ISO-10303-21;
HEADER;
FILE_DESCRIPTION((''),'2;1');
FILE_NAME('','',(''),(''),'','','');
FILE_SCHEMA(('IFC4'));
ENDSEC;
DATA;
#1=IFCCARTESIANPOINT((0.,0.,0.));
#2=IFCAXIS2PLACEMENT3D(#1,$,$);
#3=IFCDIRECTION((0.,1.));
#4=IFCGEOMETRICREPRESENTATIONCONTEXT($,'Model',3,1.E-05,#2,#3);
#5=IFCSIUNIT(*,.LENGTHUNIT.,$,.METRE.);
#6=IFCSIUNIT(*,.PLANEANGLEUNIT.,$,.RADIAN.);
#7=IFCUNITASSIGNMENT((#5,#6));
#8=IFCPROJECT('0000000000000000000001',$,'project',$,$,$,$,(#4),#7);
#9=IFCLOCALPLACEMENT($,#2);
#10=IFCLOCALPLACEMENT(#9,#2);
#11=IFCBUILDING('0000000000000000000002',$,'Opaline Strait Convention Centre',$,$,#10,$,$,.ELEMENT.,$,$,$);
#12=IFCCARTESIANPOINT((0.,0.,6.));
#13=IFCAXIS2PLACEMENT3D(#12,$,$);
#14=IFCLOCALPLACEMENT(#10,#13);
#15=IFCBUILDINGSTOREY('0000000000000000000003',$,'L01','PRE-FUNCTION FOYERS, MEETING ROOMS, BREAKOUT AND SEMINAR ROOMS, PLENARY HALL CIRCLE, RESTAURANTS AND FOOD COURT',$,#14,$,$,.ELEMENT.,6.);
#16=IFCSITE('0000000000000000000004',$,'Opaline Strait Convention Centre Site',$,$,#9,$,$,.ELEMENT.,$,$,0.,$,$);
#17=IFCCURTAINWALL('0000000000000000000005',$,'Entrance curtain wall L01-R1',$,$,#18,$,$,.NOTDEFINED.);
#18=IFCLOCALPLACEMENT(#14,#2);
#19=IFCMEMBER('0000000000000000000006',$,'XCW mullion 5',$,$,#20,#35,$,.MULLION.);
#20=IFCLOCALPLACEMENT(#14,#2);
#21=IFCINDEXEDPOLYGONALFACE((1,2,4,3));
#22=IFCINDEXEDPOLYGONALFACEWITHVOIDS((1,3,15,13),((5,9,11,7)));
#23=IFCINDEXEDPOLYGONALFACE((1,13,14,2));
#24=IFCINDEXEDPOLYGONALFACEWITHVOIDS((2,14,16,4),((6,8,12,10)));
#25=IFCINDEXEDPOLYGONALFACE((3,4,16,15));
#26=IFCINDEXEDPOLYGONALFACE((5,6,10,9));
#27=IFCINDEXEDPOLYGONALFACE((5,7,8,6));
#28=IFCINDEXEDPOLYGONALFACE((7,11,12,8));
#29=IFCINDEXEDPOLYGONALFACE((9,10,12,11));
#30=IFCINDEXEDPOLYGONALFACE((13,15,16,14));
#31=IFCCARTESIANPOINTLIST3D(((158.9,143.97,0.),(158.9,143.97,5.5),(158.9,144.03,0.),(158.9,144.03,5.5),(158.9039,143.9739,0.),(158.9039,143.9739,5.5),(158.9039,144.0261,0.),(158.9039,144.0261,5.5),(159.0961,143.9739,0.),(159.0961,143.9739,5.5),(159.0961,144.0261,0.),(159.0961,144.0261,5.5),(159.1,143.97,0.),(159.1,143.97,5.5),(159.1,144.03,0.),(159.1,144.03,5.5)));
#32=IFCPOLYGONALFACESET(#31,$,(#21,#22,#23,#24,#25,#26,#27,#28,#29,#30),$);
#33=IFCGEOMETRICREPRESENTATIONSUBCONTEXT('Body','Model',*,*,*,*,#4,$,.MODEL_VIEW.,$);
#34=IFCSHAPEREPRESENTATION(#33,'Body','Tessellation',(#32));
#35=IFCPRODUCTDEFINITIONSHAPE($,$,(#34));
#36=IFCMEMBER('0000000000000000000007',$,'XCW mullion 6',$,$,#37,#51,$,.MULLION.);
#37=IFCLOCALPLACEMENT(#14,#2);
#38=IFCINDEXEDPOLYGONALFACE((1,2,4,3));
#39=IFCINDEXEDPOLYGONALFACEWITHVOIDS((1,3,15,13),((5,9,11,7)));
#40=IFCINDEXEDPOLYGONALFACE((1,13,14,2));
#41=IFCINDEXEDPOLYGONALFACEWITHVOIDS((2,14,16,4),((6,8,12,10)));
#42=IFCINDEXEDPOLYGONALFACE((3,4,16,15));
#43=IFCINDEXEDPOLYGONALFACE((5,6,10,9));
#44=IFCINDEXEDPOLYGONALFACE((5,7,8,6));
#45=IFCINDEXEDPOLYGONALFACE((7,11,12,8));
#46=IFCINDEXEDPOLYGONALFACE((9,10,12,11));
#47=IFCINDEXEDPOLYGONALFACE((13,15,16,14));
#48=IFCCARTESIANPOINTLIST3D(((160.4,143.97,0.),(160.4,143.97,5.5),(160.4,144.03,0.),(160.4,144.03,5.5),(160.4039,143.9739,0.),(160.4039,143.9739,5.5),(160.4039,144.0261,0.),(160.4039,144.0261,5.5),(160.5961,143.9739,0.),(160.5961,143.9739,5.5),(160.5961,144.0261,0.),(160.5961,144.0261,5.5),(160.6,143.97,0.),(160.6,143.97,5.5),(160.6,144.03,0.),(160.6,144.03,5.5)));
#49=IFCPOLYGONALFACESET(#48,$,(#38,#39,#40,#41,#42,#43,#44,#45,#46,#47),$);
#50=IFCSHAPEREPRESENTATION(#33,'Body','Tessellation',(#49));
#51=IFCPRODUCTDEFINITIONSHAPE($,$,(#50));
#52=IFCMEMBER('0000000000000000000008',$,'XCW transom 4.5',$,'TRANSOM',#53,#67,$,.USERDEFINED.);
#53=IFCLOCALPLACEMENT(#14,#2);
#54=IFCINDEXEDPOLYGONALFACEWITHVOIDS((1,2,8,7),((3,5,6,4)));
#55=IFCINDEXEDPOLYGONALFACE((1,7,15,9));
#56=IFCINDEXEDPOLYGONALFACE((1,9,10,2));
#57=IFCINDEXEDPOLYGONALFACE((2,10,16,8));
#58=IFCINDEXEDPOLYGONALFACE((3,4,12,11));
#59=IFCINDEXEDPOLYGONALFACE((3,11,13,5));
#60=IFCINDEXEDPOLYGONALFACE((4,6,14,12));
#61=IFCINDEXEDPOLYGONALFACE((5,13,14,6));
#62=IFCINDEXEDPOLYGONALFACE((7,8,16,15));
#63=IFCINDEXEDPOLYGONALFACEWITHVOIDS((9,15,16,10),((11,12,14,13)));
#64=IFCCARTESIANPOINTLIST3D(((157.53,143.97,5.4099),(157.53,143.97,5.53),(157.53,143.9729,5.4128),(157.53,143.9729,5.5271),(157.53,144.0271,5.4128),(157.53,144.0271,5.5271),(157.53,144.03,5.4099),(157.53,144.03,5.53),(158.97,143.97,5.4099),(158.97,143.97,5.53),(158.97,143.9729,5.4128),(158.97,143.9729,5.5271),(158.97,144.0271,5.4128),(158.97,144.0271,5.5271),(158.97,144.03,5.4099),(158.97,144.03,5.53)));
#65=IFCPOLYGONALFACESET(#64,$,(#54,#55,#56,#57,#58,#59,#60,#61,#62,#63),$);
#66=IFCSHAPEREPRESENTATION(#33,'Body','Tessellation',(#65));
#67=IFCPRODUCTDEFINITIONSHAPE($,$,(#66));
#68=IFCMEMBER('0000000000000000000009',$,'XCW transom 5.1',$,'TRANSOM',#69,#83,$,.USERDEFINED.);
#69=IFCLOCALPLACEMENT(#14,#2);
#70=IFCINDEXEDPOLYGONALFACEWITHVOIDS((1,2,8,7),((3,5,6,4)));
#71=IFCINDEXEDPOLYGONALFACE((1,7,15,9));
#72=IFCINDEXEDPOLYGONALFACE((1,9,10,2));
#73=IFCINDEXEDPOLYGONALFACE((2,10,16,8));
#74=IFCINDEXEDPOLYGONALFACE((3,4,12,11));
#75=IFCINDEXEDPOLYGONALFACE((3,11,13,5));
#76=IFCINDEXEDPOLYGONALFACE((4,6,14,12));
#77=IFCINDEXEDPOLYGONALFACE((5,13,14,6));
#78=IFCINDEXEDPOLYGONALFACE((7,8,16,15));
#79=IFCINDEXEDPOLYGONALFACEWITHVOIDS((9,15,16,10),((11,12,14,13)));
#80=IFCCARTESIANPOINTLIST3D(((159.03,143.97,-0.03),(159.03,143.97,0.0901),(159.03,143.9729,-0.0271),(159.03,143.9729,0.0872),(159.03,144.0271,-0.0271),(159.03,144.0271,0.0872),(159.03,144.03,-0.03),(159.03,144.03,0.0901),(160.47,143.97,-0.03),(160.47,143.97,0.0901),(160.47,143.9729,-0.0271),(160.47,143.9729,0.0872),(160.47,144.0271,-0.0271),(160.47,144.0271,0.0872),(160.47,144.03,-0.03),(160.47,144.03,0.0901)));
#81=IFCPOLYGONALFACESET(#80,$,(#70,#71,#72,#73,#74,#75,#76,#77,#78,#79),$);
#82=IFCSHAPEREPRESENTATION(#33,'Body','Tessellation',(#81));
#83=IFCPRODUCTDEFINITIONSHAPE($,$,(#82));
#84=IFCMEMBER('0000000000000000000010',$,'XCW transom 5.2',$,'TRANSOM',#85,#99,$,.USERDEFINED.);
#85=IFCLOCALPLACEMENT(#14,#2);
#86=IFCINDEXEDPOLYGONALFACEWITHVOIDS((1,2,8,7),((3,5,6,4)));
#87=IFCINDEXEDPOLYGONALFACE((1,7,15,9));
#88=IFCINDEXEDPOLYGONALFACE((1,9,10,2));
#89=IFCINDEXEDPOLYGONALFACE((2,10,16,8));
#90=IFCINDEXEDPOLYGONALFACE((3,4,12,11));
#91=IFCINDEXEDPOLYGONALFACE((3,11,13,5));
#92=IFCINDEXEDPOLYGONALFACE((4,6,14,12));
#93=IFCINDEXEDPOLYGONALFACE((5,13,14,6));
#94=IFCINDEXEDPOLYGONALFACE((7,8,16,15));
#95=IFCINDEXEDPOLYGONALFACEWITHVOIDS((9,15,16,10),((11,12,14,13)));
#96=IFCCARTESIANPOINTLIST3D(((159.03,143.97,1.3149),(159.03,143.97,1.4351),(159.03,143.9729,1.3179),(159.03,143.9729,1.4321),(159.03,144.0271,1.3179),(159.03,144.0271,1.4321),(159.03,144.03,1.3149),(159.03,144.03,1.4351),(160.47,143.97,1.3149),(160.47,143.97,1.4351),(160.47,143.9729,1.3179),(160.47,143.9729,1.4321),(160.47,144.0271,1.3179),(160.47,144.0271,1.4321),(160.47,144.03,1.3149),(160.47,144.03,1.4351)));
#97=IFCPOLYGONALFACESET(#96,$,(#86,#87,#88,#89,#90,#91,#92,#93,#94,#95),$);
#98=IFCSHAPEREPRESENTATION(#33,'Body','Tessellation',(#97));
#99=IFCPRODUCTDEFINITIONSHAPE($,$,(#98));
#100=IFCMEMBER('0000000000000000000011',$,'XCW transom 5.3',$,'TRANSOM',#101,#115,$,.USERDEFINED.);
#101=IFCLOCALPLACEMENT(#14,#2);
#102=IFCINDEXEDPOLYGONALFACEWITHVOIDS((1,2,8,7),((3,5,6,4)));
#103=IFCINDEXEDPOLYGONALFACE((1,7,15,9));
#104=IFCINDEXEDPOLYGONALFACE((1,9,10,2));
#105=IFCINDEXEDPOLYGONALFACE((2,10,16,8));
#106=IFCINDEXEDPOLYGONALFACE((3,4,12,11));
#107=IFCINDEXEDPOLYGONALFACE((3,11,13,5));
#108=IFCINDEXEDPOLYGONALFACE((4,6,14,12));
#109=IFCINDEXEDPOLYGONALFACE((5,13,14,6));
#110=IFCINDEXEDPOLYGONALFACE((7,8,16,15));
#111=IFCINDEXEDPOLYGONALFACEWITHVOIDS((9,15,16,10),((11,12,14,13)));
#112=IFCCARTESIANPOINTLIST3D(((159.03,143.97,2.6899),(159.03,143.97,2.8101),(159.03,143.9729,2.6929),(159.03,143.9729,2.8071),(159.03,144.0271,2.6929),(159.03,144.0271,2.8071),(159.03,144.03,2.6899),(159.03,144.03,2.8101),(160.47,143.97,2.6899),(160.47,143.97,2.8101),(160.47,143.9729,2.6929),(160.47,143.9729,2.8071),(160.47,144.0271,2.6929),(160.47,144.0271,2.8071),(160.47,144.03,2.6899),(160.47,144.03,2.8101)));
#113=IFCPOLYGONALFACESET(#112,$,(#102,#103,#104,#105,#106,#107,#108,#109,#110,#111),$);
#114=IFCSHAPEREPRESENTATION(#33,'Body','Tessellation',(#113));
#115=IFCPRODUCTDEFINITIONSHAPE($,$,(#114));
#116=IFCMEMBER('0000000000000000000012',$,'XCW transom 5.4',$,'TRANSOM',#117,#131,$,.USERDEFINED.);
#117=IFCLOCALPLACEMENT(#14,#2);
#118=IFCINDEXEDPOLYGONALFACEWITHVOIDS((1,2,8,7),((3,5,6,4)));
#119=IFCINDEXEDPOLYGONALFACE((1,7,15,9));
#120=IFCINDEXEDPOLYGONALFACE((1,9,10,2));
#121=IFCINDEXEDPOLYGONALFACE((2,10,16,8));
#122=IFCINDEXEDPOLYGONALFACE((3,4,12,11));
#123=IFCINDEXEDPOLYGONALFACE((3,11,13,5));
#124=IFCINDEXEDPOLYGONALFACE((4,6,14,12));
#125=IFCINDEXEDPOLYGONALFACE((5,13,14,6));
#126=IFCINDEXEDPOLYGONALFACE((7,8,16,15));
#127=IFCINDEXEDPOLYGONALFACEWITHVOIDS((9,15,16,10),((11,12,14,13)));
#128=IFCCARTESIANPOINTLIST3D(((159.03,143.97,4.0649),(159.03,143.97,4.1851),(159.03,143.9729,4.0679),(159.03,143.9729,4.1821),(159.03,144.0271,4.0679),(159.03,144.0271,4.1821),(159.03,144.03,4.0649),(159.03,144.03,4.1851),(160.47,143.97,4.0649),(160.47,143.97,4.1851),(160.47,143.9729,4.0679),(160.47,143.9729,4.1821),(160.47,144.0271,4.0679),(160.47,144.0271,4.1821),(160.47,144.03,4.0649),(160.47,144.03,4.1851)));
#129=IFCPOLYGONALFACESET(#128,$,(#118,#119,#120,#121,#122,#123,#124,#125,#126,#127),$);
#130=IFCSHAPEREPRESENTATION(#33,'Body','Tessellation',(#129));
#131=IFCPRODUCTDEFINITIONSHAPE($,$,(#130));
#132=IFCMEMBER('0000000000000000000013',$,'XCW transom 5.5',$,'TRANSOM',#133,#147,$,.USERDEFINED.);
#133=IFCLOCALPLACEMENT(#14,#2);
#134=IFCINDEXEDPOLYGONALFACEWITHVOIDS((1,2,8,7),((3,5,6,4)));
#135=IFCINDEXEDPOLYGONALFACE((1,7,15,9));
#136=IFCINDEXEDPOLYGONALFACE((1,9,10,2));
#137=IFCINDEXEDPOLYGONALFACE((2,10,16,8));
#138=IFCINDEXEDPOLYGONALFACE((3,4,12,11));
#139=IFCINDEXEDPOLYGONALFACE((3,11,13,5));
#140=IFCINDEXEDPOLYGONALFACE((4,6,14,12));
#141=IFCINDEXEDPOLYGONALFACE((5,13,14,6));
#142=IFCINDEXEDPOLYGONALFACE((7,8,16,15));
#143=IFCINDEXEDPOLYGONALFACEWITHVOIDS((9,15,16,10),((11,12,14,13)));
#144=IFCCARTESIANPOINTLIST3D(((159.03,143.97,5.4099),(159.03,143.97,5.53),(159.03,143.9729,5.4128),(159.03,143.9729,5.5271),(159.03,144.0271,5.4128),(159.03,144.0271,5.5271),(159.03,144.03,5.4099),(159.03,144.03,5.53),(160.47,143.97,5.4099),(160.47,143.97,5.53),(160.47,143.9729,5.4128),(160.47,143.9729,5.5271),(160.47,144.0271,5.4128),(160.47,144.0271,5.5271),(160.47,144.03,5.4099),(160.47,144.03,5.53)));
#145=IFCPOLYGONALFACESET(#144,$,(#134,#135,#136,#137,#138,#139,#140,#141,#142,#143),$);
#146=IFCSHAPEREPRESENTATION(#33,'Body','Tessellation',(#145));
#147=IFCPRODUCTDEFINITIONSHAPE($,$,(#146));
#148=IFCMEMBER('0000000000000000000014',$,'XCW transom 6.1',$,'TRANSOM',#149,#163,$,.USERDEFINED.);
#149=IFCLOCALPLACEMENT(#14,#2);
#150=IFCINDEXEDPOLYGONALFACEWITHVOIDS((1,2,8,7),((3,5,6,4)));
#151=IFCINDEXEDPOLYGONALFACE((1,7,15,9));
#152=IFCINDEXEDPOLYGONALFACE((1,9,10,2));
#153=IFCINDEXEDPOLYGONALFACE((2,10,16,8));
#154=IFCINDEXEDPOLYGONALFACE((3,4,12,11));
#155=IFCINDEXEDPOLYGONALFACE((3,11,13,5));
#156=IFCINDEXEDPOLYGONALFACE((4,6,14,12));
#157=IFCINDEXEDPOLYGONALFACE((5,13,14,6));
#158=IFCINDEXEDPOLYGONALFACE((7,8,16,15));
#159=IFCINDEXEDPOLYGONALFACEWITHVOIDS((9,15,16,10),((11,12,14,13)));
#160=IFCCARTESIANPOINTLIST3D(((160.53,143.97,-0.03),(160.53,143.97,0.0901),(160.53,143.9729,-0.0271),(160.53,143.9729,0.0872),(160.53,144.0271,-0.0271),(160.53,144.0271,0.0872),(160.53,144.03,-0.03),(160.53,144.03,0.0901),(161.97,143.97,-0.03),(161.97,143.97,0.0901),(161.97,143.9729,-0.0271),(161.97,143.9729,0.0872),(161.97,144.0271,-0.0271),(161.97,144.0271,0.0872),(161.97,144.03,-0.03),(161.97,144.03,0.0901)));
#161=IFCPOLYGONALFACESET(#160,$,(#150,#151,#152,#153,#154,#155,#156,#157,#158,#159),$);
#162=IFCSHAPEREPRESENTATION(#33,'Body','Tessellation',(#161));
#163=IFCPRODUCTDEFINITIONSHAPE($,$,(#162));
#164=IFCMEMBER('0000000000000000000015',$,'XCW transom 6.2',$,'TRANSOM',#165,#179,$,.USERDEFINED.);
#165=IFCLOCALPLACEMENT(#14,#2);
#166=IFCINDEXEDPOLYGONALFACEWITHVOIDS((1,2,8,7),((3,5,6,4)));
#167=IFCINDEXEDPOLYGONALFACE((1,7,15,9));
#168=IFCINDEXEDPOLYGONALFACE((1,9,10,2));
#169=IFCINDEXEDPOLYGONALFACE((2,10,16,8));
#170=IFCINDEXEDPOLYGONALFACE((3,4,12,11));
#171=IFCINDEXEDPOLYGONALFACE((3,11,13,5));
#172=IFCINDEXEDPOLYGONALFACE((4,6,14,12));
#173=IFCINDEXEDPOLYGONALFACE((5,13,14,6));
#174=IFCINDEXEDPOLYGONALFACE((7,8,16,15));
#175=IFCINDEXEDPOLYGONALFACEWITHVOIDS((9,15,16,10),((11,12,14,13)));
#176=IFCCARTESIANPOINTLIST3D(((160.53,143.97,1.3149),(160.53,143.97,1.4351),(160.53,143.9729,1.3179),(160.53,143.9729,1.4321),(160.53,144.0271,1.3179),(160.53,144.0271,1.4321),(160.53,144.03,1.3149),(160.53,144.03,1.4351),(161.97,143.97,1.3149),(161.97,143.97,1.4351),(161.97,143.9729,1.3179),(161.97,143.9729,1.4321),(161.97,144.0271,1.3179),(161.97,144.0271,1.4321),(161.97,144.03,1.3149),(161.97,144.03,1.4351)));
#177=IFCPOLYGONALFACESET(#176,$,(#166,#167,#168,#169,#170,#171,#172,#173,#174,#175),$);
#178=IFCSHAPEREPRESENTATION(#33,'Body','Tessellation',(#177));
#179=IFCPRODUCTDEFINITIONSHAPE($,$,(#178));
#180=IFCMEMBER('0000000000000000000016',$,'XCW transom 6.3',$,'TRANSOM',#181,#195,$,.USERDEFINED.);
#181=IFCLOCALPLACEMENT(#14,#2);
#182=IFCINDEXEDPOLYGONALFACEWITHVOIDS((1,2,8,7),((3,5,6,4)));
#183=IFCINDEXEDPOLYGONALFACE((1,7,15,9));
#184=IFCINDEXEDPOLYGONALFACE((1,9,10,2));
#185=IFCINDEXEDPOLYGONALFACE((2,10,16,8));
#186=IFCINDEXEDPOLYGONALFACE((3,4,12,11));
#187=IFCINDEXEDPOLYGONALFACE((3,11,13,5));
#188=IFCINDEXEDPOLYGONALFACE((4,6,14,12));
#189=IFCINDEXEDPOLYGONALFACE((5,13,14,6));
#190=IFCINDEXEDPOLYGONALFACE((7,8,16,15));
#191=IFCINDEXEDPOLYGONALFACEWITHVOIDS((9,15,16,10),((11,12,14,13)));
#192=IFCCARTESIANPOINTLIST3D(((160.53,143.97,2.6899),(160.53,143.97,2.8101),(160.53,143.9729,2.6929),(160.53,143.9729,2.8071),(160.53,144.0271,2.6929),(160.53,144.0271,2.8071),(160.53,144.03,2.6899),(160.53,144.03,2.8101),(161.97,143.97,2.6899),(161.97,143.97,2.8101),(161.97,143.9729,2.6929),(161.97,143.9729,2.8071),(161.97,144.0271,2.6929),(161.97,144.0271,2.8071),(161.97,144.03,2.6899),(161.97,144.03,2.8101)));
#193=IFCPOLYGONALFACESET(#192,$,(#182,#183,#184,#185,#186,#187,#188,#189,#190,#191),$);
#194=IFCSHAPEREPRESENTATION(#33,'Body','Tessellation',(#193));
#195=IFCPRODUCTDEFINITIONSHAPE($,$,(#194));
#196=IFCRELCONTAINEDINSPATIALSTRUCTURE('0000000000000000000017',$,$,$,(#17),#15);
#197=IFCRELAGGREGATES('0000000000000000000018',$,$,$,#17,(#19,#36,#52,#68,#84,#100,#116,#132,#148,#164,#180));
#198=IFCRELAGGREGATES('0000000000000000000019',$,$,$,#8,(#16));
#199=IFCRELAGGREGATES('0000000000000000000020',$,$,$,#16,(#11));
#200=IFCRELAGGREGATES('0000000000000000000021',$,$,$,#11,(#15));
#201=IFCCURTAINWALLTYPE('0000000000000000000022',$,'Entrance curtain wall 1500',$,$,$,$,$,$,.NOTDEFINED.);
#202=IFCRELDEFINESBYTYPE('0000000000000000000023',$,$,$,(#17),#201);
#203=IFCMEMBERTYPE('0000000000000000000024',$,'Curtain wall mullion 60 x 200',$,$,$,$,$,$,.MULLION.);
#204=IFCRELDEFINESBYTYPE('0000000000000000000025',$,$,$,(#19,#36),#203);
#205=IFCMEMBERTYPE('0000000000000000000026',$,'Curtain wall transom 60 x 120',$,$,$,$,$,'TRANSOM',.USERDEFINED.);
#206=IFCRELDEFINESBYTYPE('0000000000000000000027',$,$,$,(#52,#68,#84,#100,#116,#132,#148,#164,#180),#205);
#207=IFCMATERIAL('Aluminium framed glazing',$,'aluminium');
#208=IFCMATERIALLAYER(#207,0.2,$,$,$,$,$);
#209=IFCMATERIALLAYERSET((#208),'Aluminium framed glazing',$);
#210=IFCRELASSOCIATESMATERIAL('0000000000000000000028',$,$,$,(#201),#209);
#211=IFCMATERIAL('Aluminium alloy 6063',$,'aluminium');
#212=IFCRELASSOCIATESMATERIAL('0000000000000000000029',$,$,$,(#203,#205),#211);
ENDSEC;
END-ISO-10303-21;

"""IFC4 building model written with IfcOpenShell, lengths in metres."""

from ifc_helpers import new_model, si_unit, direction, frame, origin, origin_2d, place, context, subcontext, project, spatial, hollow_rectangle, extrude, material, layer, layer_set, material_profile, profile_set, type_object, element, aggregate, save


model = new_model("IFC4")

# Units and contexts
model_context = context("Model", 3, precision=1e-05, world=origin(), true_north=direction((0.0, 1.0)))
body_context = subcontext(model_context, "Body", "Model", "MODEL_VIEW")
ifc_project = project(units=[si_unit("LENGTHUNIT", "METRE"), si_unit("PLANEANGLEUNIT", "RADIAN")], contexts=[model_context])

# Site, building, storey
site_placement = place(None, origin())
site = spatial("IfcSite", under=ifc_project, at=site_placement, Name="Opaline Strait Convention Centre Site", CompositionType="ELEMENT", RefElevation=0.0)
building_placement = place(site_placement, origin())
building = spatial("IfcBuilding", under=site, at=building_placement, Name="Opaline Strait Convention Centre", CompositionType="ELEMENT")
storey_placement = place(building_placement, frame((0.0, 0.0, 6.0)))
storey = spatial("IfcBuildingStorey", under=building, at=storey_placement, Name="L01", Description="PRE-FUNCTION FOYERS, MEETING ROOMS, BREAKOUT AND SEMINAR ROOMS, PLENARY HALL CIRCLE, RESTAURANTS AND FOOD COURT", CompositionType="ELEMENT", Elevation=6.0)

# Curtain wall, members
ifc_material_1 = material(Name="Aluminium framed glazing", Category="aluminium")
ifc_layer_1 = layer(ifc_material_1, 0.2)
ifc_layer_set_1 = layer_set([ifc_layer_1], Name="Aluminium framed glazing")
curtain_wall_type = type_object("IfcCurtainWallType", Name="Entrance curtain wall 1500", PredefinedType="NOTDEFINED", material=ifc_layer_set_1)
curtain_wall_placement = place(storey_placement, origin())
curtain_wall = element("IfcCurtainWall", 1, at=curtain_wall_placement, inside=storey, type_object=curtain_wall_type, Name="Entrance curtain wall L01-R1", PredefinedType="NOTDEFINED")
ifc_material_2 = material(Name="Aluminium alloy 6063", Category="aluminium")
ifc_material_profile_1 = material_profile(ifc_material_2, hollow_rectangle(XDim=0.0601, YDim=0.2, WallThickness=0.0039, at=origin_2d()), Name="MULLION 60x200x4")
ifc_profile_set_1 = profile_set([ifc_material_profile_1], Name="Aluminium alloy 6063")
member_type_1 = type_object("IfcMemberType", Name="Curtain wall mullion 60 x 200", PredefinedType="MULLION", material=ifc_profile_set_1)
member_1_placement = place(storey_placement, frame((159.0, 144.0, 0.0), z_axis=(0.0, 0.0, 1.0), x_axis=(0.0, 1.0, 0.0)))
member_1 = element("IfcMember", 2, at=member_1_placement, type_object=member_type_1, Name="XCW mullion 5", PredefinedType="MULLION", context=body_context, shape_type="SweptSolid", body=[
    extrude(hollow_rectangle(XDim=0.0601, YDim=0.2, WallThickness=0.0039, at=origin_2d()), origin(), (0.0, 0.0, 1.0), 5.5),
])
member_2_placement = place(storey_placement, frame((160.5, 144.0, 0.0), z_axis=(0.0, 0.0, 1.0), x_axis=(0.0, 1.0, 0.0)))
member_2 = element("IfcMember", 3, at=member_2_placement, type_object=member_type_1, Name="XCW mullion 6", PredefinedType="MULLION", context=body_context, shape_type="SweptSolid", body=[
    extrude(hollow_rectangle(XDim=0.0601, YDim=0.2, WallThickness=0.0039, at=origin_2d()), origin(), (0.0, 0.0, 1.0), 5.5),
])
ifc_material_profile_2 = material_profile(ifc_material_2, hollow_rectangle(XDim=0.0601, YDim=0.1201, WallThickness=0.0029, at=origin_2d()), Name="TRANSOM 60x120x3")
ifc_profile_set_2 = profile_set([ifc_material_profile_2], Name="Aluminium alloy 6063")
member_type_2 = type_object("IfcMemberType", Name="Curtain wall transom 60 x 120", ElementType="TRANSOM", PredefinedType="USERDEFINED", material=ifc_profile_set_2)
member_3_placement = place(storey_placement, frame((157.53, 144.0, 5.47), z_axis=(1.0, 0.0, 0.0), x_axis=(0.0, 1.0, 0.0)))
member_3 = element("IfcMember", 4, at=member_3_placement, type_object=member_type_2, Name="XCW transom 4.5", ObjectType="TRANSOM", PredefinedType="USERDEFINED", context=body_context, shape_type="SweptSolid", body=[
    extrude(hollow_rectangle(XDim=0.0601, YDim=0.1201, WallThickness=0.0029, at=origin_2d()), origin(), (0.0, 0.0, 1.0), 1.4399),
])
member_4_placement = place(storey_placement, frame((159.03, 144.0, 0.03), z_axis=(1.0, 0.0, 0.0), x_axis=(0.0, 1.0, 0.0)))
member_4 = element("IfcMember", 5, at=member_4_placement, type_object=member_type_2, Name="XCW transom 5.1", ObjectType="TRANSOM", PredefinedType="USERDEFINED", context=body_context, shape_type="SweptSolid", body=[
    extrude(hollow_rectangle(XDim=0.0601, YDim=0.1201, WallThickness=0.0029, at=origin_2d()), origin(), (0.0, 0.0, 1.0), 1.4399),
])
member_5_placement = place(storey_placement, frame((159.03, 144.0, 1.375), z_axis=(1.0, 0.0, 0.0), x_axis=(0.0, 1.0, 0.0)))
member_5 = element("IfcMember", 6, at=member_5_placement, type_object=member_type_2, Name="XCW transom 5.2", ObjectType="TRANSOM", PredefinedType="USERDEFINED", context=body_context, shape_type="SweptSolid", body=[
    extrude(hollow_rectangle(XDim=0.0601, YDim=0.1201, WallThickness=0.0029, at=origin_2d()), origin(), (0.0, 0.0, 1.0), 1.4399),
])
member_6_placement = place(storey_placement, frame((159.03, 144.0, 2.75), z_axis=(1.0, 0.0, 0.0), x_axis=(0.0, 1.0, 0.0)))
member_6 = element("IfcMember", 7, at=member_6_placement, type_object=member_type_2, Name="XCW transom 5.3", ObjectType="TRANSOM", PredefinedType="USERDEFINED", context=body_context, shape_type="SweptSolid", body=[
    extrude(hollow_rectangle(XDim=0.0601, YDim=0.1201, WallThickness=0.0029, at=origin_2d()), origin(), (0.0, 0.0, 1.0), 1.4399),
])
member_7_placement = place(storey_placement, frame((159.03, 144.0, 4.125), z_axis=(1.0, 0.0, 0.0), x_axis=(0.0, 1.0, 0.0)))
member_7 = element("IfcMember", 8, at=member_7_placement, type_object=member_type_2, Name="XCW transom 5.4", ObjectType="TRANSOM", PredefinedType="USERDEFINED", context=body_context, shape_type="SweptSolid", body=[
    extrude(hollow_rectangle(XDim=0.0601, YDim=0.1201, WallThickness=0.0029, at=origin_2d()), origin(), (0.0, 0.0, 1.0), 1.4399),
])
member_8_placement = place(storey_placement, frame((159.03, 144.0, 5.47), z_axis=(1.0, 0.0, 0.0), x_axis=(0.0, 1.0, 0.0)))
member_8 = element("IfcMember", 9, at=member_8_placement, type_object=member_type_2, Name="XCW transom 5.5", ObjectType="TRANSOM", PredefinedType="USERDEFINED", context=body_context, shape_type="SweptSolid", body=[
    extrude(hollow_rectangle(XDim=0.0601, YDim=0.1201, WallThickness=0.0029, at=origin_2d()), origin(), (0.0, 0.0, 1.0), 1.4399),
])
member_9_placement = place(storey_placement, frame((160.53, 144.0, 0.03), z_axis=(1.0, 0.0, 0.0), x_axis=(0.0, 1.0, 0.0)))
member_9 = element("IfcMember", 10, at=member_9_placement, type_object=member_type_2, Name="XCW transom 6.1", ObjectType="TRANSOM", PredefinedType="USERDEFINED", context=body_context, shape_type="SweptSolid", body=[
    extrude(hollow_rectangle(XDim=0.0601, YDim=0.1201, WallThickness=0.0029, at=origin_2d()), origin(), (0.0, 0.0, 1.0), 1.4399),
])
member_10_placement = place(storey_placement, frame((160.53, 144.0, 1.375), z_axis=(1.0, 0.0, 0.0), x_axis=(0.0, 1.0, 0.0)))
member_10 = element("IfcMember", 11, at=member_10_placement, type_object=member_type_2, Name="XCW transom 6.2", ObjectType="TRANSOM", PredefinedType="USERDEFINED", context=body_context, shape_type="SweptSolid", body=[
    extrude(hollow_rectangle(XDim=0.0601, YDim=0.1201, WallThickness=0.0029, at=origin_2d()), origin(), (0.0, 0.0, 1.0), 1.4399),
])
member_11_placement = place(storey_placement, frame((160.53, 144.0, 2.75), z_axis=(1.0, 0.0, 0.0), x_axis=(0.0, 1.0, 0.0)))
member_11 = element("IfcMember", 12, at=member_11_placement, type_object=member_type_2, Name="XCW transom 6.3", ObjectType="TRANSOM", PredefinedType="USERDEFINED", context=body_context, shape_type="SweptSolid", body=[
    extrude(hollow_rectangle(XDim=0.0601, YDim=0.1201, WallThickness=0.0029, at=origin_2d()), origin(), (0.0, 0.0, 1.0), 1.4399),
])
aggregate(curtain_wall, [member_1, member_2, member_3, member_4, member_5, member_6, member_7, member_8, member_9, member_10, member_11])

save(model, "model.ifc")
